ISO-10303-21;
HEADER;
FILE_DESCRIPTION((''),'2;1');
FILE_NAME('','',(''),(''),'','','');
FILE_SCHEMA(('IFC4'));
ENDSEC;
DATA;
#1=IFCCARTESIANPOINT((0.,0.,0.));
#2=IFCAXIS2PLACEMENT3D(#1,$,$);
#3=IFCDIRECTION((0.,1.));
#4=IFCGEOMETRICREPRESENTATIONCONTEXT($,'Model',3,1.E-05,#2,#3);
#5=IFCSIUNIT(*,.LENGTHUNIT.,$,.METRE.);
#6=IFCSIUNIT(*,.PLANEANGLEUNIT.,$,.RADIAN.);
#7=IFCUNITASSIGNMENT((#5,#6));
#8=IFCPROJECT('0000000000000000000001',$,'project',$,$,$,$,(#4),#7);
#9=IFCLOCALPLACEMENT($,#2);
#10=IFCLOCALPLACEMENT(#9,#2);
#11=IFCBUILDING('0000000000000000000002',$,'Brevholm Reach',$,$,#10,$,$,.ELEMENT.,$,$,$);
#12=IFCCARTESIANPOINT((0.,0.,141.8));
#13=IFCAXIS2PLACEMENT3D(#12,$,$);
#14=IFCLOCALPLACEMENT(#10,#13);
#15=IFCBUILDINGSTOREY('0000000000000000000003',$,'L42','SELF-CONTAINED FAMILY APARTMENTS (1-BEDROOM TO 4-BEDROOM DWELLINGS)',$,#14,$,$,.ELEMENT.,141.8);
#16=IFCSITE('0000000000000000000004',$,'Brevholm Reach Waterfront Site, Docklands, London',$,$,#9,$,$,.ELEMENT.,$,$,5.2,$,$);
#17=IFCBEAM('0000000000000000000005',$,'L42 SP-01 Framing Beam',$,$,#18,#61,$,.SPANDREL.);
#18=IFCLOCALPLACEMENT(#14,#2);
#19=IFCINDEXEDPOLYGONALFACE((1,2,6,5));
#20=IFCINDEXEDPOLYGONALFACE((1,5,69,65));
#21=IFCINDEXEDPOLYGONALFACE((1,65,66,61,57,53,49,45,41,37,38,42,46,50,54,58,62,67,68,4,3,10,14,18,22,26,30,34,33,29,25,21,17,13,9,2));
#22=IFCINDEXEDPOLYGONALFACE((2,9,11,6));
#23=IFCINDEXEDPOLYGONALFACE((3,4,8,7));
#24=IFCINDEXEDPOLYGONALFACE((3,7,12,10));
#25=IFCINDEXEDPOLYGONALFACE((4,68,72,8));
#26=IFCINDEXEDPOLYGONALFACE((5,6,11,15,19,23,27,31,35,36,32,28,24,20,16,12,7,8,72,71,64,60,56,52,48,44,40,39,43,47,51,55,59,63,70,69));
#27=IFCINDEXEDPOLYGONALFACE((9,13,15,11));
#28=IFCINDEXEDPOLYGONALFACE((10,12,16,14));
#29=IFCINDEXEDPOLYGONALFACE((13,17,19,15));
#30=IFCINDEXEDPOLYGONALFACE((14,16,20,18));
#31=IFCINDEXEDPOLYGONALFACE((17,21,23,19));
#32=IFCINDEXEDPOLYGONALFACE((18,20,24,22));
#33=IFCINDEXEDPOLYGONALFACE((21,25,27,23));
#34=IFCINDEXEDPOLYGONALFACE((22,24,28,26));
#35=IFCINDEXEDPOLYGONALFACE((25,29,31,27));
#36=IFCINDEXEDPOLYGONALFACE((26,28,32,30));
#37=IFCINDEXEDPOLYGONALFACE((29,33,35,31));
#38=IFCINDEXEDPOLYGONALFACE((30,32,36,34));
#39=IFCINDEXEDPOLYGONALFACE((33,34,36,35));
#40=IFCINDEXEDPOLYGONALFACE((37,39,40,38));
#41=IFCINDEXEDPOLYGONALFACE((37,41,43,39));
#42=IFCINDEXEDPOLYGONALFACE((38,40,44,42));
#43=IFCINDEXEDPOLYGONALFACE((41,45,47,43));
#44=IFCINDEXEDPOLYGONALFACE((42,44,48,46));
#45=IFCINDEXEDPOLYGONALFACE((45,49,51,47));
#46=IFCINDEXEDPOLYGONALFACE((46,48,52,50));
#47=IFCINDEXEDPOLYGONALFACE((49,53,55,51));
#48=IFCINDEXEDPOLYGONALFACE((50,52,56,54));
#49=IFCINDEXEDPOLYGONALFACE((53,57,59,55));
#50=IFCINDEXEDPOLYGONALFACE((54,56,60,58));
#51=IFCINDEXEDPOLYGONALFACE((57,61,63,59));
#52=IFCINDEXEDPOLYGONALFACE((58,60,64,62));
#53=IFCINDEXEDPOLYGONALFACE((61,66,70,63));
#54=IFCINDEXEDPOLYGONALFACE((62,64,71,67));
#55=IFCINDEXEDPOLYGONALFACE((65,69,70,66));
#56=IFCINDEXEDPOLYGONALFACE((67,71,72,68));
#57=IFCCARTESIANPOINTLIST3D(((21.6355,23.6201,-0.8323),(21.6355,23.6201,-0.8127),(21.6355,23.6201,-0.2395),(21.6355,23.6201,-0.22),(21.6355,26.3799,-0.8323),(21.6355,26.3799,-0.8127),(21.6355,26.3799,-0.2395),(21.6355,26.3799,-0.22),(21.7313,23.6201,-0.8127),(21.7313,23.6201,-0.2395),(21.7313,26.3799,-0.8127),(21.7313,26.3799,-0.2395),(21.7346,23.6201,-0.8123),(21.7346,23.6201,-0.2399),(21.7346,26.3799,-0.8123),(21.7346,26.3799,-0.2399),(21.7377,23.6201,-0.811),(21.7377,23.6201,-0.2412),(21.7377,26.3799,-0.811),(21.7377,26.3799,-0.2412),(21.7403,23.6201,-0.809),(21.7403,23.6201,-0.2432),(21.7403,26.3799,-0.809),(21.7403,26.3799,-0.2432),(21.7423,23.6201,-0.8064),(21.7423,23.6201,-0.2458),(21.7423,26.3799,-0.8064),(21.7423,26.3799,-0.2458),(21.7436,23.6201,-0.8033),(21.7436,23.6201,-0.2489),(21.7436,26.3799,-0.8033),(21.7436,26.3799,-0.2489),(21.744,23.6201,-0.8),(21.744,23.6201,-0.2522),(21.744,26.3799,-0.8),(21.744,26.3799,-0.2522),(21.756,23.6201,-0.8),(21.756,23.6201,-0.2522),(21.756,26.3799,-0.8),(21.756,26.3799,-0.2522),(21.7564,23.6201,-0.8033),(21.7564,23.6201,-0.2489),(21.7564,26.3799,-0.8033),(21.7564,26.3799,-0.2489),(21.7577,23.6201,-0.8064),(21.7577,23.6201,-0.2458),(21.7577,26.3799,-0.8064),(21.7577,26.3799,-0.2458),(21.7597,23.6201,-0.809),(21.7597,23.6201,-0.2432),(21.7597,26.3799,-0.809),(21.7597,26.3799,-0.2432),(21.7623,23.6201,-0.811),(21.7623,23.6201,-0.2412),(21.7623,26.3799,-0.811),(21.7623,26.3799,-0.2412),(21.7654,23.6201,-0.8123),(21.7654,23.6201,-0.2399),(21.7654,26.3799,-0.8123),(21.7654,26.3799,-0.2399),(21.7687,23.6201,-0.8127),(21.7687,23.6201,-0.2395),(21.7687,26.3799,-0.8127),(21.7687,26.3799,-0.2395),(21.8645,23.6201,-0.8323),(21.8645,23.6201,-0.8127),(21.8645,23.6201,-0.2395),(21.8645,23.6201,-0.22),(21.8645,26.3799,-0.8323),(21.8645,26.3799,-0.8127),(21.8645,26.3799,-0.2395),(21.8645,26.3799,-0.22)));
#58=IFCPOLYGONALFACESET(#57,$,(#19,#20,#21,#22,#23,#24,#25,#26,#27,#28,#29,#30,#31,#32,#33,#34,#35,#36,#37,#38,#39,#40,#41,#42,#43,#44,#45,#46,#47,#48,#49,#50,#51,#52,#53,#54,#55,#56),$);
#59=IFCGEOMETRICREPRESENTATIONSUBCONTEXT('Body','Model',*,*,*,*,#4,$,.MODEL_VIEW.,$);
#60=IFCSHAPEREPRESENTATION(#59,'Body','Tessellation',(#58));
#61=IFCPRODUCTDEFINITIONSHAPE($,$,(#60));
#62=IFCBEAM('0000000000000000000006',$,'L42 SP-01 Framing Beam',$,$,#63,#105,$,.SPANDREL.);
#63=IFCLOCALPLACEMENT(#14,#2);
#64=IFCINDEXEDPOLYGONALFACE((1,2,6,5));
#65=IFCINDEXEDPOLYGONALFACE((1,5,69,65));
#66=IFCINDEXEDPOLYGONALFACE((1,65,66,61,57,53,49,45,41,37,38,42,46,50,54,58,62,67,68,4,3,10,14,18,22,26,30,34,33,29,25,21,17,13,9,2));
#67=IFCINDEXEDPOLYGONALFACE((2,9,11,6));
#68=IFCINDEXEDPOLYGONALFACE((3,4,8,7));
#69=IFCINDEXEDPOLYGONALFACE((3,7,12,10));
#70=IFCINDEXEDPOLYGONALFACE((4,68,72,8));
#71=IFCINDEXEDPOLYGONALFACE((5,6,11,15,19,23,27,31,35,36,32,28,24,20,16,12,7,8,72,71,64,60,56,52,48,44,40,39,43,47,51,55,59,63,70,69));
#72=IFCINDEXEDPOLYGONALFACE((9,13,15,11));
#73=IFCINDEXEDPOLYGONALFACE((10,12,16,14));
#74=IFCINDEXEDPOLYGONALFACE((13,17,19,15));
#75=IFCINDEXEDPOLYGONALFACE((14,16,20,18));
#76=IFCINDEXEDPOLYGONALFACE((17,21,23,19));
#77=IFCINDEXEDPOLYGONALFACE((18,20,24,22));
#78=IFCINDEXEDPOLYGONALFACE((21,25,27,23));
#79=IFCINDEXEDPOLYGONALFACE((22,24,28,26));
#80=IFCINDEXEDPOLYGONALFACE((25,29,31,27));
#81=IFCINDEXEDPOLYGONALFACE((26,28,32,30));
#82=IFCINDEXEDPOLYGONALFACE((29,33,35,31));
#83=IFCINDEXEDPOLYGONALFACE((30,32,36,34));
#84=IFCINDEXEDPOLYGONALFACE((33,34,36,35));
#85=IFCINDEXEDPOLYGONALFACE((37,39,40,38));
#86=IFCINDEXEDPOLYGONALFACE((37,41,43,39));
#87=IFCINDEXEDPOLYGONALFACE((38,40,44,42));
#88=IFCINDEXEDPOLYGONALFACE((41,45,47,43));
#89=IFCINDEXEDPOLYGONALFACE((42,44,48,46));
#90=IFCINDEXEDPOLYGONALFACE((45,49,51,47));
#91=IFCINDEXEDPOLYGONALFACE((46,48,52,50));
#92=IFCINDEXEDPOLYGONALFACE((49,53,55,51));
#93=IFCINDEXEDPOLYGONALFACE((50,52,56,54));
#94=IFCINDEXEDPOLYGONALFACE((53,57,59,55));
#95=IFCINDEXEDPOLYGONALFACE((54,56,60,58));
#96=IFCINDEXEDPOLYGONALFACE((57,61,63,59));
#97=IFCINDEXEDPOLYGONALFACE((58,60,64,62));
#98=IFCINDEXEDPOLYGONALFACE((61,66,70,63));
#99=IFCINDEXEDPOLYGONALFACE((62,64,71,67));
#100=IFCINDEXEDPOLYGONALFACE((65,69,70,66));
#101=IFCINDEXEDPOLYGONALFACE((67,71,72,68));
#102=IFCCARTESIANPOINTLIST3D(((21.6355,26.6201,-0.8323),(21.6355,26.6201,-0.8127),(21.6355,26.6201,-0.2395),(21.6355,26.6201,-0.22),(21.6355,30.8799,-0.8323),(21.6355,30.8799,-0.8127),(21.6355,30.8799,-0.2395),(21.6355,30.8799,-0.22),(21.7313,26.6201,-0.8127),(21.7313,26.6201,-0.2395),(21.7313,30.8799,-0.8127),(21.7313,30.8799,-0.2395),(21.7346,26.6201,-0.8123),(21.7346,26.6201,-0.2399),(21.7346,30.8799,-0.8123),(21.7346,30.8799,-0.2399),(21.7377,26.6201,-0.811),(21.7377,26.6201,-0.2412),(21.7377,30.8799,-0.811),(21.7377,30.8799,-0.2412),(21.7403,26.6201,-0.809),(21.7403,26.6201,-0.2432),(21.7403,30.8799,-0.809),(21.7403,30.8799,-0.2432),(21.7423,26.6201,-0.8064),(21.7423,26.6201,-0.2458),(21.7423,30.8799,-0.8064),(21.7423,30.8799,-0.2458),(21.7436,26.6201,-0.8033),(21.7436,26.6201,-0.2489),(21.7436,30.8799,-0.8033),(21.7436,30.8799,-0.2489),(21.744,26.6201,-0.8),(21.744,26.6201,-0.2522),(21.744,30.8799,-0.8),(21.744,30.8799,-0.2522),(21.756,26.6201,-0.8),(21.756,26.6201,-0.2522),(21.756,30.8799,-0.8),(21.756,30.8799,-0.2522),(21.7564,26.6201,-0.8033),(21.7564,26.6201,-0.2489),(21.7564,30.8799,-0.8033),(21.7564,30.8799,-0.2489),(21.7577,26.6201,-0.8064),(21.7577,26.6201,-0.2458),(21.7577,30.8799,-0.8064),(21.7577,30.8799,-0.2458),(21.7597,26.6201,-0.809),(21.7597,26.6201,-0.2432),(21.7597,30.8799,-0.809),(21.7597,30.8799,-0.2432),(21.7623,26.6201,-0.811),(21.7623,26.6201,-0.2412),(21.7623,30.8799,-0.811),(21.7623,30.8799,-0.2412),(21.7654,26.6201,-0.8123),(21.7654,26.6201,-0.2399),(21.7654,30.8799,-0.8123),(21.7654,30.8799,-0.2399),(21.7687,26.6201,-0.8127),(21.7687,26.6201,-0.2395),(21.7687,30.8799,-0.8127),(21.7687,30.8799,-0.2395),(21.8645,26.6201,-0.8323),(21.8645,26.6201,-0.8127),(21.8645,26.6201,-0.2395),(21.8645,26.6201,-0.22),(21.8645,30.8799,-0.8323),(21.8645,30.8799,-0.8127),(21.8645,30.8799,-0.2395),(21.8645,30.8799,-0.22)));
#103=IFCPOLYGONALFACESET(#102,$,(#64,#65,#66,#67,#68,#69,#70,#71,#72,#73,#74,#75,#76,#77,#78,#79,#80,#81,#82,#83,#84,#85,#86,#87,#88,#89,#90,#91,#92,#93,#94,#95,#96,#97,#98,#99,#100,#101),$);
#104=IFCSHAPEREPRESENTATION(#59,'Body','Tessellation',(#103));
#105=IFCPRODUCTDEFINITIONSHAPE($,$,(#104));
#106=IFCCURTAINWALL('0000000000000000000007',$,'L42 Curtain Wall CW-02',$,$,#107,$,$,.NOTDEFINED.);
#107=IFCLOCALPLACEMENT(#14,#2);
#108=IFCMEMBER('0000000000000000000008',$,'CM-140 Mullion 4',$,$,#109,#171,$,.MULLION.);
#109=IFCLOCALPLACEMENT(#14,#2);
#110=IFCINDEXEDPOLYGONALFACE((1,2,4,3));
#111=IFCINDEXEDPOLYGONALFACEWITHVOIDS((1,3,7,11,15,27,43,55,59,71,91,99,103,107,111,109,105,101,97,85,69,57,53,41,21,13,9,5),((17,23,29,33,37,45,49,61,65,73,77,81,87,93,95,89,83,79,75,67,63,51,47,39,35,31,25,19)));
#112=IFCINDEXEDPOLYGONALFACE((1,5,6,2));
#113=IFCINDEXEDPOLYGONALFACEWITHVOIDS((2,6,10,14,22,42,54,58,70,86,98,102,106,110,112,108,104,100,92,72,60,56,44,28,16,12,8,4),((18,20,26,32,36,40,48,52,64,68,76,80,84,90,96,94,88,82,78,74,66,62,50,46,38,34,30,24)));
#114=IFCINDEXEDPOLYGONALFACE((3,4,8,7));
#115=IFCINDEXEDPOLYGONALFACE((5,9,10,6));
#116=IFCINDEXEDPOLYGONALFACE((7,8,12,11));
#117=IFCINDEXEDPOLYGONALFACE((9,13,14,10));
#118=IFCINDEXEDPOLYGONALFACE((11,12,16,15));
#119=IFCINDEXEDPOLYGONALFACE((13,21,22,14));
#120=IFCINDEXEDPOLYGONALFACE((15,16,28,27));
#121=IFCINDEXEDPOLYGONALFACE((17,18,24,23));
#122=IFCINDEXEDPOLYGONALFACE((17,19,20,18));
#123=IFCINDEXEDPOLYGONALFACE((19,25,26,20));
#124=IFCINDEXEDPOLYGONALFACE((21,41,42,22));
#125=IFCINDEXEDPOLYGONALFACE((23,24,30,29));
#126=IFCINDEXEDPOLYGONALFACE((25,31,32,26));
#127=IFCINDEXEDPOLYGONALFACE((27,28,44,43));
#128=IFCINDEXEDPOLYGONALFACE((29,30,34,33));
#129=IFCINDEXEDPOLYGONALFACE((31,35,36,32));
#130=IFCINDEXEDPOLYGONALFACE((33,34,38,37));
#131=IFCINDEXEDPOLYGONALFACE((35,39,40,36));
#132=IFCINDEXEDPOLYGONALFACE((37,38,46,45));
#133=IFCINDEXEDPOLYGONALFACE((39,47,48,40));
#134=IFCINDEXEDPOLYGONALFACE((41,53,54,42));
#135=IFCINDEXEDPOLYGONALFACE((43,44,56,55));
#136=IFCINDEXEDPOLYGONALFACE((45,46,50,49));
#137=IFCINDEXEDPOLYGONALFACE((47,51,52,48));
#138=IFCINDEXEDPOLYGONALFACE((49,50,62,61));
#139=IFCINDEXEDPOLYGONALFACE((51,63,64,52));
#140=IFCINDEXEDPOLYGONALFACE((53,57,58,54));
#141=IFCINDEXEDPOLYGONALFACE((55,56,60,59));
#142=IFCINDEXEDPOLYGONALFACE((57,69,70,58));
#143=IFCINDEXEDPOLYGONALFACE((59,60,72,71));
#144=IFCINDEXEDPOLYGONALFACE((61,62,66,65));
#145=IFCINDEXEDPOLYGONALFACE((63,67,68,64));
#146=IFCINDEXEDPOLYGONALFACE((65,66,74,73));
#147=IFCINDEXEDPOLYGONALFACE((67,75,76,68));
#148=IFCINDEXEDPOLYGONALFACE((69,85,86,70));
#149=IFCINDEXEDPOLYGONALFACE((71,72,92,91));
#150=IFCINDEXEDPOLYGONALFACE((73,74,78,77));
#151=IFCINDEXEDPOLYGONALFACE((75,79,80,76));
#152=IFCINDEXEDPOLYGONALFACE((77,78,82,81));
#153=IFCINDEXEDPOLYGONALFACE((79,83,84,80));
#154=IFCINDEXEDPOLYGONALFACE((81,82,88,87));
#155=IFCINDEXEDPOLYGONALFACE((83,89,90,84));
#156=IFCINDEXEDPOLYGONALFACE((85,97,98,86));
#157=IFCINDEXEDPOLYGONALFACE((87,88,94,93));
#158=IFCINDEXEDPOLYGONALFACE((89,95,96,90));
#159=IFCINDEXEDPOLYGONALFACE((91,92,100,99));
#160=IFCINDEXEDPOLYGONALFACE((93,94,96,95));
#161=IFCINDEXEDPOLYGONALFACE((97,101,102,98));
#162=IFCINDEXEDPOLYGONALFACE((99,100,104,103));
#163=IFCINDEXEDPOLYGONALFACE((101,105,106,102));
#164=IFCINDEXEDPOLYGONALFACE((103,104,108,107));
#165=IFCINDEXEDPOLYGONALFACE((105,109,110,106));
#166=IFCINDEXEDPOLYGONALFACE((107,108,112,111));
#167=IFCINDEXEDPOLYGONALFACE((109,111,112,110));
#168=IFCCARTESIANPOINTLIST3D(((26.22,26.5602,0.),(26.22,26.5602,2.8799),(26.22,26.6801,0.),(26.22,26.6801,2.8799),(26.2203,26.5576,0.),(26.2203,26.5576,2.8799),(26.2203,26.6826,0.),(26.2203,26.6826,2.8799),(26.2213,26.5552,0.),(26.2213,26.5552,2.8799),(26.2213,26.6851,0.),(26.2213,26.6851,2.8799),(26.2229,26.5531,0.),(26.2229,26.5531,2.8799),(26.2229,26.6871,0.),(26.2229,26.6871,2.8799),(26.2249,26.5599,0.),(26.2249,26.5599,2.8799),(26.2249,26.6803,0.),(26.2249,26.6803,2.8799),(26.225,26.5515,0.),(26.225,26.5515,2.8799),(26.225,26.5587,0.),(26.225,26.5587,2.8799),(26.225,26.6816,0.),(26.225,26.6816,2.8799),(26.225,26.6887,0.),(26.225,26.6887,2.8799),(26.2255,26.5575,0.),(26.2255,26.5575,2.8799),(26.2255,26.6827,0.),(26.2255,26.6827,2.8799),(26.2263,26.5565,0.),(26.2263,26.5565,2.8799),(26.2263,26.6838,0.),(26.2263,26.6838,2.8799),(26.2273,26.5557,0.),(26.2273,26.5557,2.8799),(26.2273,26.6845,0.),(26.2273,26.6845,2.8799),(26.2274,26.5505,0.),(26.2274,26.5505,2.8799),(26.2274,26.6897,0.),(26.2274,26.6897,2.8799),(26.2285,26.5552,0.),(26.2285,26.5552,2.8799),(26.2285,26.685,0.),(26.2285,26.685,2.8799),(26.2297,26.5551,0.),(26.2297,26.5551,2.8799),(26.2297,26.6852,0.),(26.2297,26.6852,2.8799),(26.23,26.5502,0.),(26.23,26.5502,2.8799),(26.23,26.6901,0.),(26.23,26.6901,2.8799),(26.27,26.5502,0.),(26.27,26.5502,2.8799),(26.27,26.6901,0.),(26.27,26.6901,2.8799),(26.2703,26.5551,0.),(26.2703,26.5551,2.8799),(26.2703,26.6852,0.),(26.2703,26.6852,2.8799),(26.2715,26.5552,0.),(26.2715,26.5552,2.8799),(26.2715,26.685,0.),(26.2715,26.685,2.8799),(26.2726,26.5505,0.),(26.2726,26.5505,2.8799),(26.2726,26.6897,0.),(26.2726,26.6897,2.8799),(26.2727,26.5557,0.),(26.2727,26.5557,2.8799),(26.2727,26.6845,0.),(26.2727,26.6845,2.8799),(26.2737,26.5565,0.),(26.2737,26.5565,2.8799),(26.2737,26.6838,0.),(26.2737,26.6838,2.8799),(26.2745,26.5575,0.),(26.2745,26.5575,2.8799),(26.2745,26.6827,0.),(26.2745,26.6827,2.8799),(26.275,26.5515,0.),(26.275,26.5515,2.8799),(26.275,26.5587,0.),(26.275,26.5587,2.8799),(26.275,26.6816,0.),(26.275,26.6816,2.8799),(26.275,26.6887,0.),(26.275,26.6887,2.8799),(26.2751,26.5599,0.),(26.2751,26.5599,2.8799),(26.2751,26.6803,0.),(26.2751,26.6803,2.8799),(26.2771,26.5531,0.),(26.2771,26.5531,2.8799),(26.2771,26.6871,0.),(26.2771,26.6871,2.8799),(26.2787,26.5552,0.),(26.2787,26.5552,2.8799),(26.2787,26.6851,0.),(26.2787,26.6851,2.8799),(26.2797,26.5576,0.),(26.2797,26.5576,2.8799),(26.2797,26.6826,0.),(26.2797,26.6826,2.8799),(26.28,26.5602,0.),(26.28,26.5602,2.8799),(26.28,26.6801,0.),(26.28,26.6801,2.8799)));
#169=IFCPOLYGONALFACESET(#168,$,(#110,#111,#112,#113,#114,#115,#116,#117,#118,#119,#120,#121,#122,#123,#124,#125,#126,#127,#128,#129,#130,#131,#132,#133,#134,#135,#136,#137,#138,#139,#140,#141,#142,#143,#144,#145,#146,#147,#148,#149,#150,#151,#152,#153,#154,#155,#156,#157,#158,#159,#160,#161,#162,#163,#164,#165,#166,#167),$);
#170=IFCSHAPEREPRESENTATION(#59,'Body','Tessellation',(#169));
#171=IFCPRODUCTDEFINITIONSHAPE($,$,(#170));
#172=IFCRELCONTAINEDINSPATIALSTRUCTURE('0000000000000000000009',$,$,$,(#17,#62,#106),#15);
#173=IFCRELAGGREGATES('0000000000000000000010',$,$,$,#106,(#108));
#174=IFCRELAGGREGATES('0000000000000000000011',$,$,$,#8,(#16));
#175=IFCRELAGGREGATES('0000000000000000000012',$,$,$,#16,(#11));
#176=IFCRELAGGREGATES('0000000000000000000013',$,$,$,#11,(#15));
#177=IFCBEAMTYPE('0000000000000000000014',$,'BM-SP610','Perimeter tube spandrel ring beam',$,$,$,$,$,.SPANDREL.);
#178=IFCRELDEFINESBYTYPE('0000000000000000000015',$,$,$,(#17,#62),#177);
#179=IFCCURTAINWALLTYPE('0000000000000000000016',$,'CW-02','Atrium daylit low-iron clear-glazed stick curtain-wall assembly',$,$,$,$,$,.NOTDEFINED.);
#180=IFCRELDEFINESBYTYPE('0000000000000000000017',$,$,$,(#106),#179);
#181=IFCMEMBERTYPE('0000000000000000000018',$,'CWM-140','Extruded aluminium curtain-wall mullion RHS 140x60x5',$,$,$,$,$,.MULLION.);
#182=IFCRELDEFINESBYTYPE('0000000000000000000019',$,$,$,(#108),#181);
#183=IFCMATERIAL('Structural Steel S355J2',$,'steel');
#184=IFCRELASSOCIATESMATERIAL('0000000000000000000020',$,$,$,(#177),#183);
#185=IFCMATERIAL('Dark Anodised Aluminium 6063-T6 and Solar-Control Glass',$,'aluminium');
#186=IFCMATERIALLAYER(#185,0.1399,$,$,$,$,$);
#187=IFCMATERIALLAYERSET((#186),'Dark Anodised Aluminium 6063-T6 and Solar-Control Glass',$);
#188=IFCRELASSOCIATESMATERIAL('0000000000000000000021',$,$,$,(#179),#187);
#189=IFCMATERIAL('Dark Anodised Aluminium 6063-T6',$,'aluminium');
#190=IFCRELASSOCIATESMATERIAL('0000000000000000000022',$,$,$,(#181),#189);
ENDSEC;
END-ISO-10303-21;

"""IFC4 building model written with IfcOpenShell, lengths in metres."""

from ifc_helpers import new_model, si_unit, direction, frame, origin, origin_2d, place, context, subcontext, project, spatial, hollow_rectangle, i_section, extrude, material, layer, layer_set, material_profile, profile_set, type_object, element, aggregate, save


model = new_model("IFC4")

# Units and contexts
model_context = context("Model", 3, precision=1e-05, world=origin(), true_north=direction((0.0, 1.0)))
body_context = subcontext(model_context, "Body", "Model", "MODEL_VIEW")
ifc_project = project(units=[si_unit("LENGTHUNIT", "METRE"), si_unit("PLANEANGLEUNIT", "RADIAN")], contexts=[model_context])

# Site, building, storey
site_placement = place(None, origin())
site = spatial("IfcSite", under=ifc_project, at=site_placement, Name="Brevholm Reach Waterfront Site, Docklands, London", CompositionType="ELEMENT", RefElevation=5.2)
building_placement = place(site_placement, origin())
building = spatial("IfcBuilding", under=site, at=building_placement, Name="Brevholm Reach", CompositionType="ELEMENT")
storey_placement = place(building_placement, frame((0.0, 0.0, 141.8)))
storey = spatial("IfcBuildingStorey", under=building, at=storey_placement, Name="L42", Description="SELF-CONTAINED FAMILY APARTMENTS (1-BEDROOM TO 4-BEDROOM DWELLINGS)", CompositionType="ELEMENT", Elevation=141.8)

# Beams
ifc_material_1 = material(Name="Structural Steel S355J2", Category="steel")
ifc_material_profile_1 = material_profile(ifc_material_1, i_section(OverallWidth=0.229, OverallDepth=0.6123, WebThickness=0.012, FlangeThickness=0.0195, FilletRadius=0.0127, at=origin_2d()), Name="UKB 610x229x125")
ifc_profile_set_1 = profile_set([ifc_material_profile_1], Name="Structural Steel S355J2")
beam_type_1 = type_object("IfcBeamType", Name="BM-SP610", Description="Perimeter tube spandrel ring beam", PredefinedType="SPANDREL", material=ifc_profile_set_1)
beam_1_placement = place(storey_placement, frame((21.75, 23.6201, -0.5261), z_axis=(0.0, 1.0, 0.0), x_axis=(-1.0, 0.0, 0.0)))
element("IfcBeam", 1, at=beam_1_placement, inside=storey, type_object=beam_type_1, Name="L42 SP-01 Framing Beam", PredefinedType="SPANDREL", context=body_context, shape_type="SweptSolid", body=[
    extrude(i_section(OverallWidth=0.229, OverallDepth=0.6123, WebThickness=0.012, FlangeThickness=0.0195, FilletRadius=0.0127, at=origin_2d()), origin(), (0.0, 0.0, 1.0), 2.7598),
])
beam_2_placement = place(storey_placement, frame((21.75, 26.6201, -0.5261), z_axis=(0.0, 1.0, 0.0), x_axis=(-1.0, 0.0, 0.0)))
element("IfcBeam", 2, at=beam_2_placement, inside=storey, type_object=beam_type_1, Name="L42 SP-01 Framing Beam", PredefinedType="SPANDREL", context=body_context, shape_type="SweptSolid", body=[
    extrude(i_section(OverallWidth=0.229, OverallDepth=0.6123, WebThickness=0.012, FlangeThickness=0.0195, FilletRadius=0.0127, at=origin_2d()), origin(), (0.0, 0.0, 1.0), 4.2598),
])

# Curtain wall, member
ifc_material_2 = material(Name="Dark Anodised Aluminium 6063-T6 and Solar-Control Glass", Category="aluminium")
ifc_layer_1 = layer(ifc_material_2, 0.1399)
ifc_layer_set_1 = layer_set([ifc_layer_1], Name="Dark Anodised Aluminium 6063-T6 and Solar-Control Glass")
curtain_wall_type = type_object("IfcCurtainWallType", Name="CW-02", Description="Atrium daylit low-iron clear-glazed stick curtain-wall assembly", PredefinedType="NOTDEFINED", material=ifc_layer_set_1)
curtain_wall_placement = place(storey_placement, origin())
curtain_wall = element("IfcCurtainWall", 3, at=curtain_wall_placement, inside=storey, type_object=curtain_wall_type, Name="L42 Curtain Wall CW-02", PredefinedType="NOTDEFINED")
ifc_material_3 = material(Name="Dark Anodised Aluminium 6063-T6", Category="aluminium")
ifc_material_profile_2 = material_profile(ifc_material_3, hollow_rectangle(XDim=0.0601, YDim=0.1399, WallThickness=0.0049, InnerFilletRadius=0.0049, OuterFilletRadius=0.01, at=origin_2d()), Name="RHS 140x60x5")
ifc_profile_set_2 = profile_set([ifc_material_profile_2], Name="Dark Anodised Aluminium 6063-T6")
member_type_1 = type_object("IfcMemberType", Name="CWM-140", Description="Extruded aluminium curtain-wall mullion RHS 140x60x5", PredefinedType="MULLION", material=ifc_profile_set_2)
member_1_placement = place(storey_placement, frame((26.25, 26.6201, 0.0), z_axis=(0.0, 0.0, 1.0), x_axis=(-1.0, 0.0, 0.0)))
member_1 = element("IfcMember", 4, at=member_1_placement, type_object=member_type_1, Name="CM-140 Mullion 4", PredefinedType="MULLION", context=body_context, shape_type="SweptSolid", body=[
    extrude(hollow_rectangle(XDim=0.0601, YDim=0.1399, WallThickness=0.0049, InnerFilletRadius=0.0049, OuterFilletRadius=0.01, at=origin_2d()), origin(), (0.0, 0.0, 1.0), 2.8799),
])
aggregate(curtain_wall, [member_1])

save(model, "model.ifc")
